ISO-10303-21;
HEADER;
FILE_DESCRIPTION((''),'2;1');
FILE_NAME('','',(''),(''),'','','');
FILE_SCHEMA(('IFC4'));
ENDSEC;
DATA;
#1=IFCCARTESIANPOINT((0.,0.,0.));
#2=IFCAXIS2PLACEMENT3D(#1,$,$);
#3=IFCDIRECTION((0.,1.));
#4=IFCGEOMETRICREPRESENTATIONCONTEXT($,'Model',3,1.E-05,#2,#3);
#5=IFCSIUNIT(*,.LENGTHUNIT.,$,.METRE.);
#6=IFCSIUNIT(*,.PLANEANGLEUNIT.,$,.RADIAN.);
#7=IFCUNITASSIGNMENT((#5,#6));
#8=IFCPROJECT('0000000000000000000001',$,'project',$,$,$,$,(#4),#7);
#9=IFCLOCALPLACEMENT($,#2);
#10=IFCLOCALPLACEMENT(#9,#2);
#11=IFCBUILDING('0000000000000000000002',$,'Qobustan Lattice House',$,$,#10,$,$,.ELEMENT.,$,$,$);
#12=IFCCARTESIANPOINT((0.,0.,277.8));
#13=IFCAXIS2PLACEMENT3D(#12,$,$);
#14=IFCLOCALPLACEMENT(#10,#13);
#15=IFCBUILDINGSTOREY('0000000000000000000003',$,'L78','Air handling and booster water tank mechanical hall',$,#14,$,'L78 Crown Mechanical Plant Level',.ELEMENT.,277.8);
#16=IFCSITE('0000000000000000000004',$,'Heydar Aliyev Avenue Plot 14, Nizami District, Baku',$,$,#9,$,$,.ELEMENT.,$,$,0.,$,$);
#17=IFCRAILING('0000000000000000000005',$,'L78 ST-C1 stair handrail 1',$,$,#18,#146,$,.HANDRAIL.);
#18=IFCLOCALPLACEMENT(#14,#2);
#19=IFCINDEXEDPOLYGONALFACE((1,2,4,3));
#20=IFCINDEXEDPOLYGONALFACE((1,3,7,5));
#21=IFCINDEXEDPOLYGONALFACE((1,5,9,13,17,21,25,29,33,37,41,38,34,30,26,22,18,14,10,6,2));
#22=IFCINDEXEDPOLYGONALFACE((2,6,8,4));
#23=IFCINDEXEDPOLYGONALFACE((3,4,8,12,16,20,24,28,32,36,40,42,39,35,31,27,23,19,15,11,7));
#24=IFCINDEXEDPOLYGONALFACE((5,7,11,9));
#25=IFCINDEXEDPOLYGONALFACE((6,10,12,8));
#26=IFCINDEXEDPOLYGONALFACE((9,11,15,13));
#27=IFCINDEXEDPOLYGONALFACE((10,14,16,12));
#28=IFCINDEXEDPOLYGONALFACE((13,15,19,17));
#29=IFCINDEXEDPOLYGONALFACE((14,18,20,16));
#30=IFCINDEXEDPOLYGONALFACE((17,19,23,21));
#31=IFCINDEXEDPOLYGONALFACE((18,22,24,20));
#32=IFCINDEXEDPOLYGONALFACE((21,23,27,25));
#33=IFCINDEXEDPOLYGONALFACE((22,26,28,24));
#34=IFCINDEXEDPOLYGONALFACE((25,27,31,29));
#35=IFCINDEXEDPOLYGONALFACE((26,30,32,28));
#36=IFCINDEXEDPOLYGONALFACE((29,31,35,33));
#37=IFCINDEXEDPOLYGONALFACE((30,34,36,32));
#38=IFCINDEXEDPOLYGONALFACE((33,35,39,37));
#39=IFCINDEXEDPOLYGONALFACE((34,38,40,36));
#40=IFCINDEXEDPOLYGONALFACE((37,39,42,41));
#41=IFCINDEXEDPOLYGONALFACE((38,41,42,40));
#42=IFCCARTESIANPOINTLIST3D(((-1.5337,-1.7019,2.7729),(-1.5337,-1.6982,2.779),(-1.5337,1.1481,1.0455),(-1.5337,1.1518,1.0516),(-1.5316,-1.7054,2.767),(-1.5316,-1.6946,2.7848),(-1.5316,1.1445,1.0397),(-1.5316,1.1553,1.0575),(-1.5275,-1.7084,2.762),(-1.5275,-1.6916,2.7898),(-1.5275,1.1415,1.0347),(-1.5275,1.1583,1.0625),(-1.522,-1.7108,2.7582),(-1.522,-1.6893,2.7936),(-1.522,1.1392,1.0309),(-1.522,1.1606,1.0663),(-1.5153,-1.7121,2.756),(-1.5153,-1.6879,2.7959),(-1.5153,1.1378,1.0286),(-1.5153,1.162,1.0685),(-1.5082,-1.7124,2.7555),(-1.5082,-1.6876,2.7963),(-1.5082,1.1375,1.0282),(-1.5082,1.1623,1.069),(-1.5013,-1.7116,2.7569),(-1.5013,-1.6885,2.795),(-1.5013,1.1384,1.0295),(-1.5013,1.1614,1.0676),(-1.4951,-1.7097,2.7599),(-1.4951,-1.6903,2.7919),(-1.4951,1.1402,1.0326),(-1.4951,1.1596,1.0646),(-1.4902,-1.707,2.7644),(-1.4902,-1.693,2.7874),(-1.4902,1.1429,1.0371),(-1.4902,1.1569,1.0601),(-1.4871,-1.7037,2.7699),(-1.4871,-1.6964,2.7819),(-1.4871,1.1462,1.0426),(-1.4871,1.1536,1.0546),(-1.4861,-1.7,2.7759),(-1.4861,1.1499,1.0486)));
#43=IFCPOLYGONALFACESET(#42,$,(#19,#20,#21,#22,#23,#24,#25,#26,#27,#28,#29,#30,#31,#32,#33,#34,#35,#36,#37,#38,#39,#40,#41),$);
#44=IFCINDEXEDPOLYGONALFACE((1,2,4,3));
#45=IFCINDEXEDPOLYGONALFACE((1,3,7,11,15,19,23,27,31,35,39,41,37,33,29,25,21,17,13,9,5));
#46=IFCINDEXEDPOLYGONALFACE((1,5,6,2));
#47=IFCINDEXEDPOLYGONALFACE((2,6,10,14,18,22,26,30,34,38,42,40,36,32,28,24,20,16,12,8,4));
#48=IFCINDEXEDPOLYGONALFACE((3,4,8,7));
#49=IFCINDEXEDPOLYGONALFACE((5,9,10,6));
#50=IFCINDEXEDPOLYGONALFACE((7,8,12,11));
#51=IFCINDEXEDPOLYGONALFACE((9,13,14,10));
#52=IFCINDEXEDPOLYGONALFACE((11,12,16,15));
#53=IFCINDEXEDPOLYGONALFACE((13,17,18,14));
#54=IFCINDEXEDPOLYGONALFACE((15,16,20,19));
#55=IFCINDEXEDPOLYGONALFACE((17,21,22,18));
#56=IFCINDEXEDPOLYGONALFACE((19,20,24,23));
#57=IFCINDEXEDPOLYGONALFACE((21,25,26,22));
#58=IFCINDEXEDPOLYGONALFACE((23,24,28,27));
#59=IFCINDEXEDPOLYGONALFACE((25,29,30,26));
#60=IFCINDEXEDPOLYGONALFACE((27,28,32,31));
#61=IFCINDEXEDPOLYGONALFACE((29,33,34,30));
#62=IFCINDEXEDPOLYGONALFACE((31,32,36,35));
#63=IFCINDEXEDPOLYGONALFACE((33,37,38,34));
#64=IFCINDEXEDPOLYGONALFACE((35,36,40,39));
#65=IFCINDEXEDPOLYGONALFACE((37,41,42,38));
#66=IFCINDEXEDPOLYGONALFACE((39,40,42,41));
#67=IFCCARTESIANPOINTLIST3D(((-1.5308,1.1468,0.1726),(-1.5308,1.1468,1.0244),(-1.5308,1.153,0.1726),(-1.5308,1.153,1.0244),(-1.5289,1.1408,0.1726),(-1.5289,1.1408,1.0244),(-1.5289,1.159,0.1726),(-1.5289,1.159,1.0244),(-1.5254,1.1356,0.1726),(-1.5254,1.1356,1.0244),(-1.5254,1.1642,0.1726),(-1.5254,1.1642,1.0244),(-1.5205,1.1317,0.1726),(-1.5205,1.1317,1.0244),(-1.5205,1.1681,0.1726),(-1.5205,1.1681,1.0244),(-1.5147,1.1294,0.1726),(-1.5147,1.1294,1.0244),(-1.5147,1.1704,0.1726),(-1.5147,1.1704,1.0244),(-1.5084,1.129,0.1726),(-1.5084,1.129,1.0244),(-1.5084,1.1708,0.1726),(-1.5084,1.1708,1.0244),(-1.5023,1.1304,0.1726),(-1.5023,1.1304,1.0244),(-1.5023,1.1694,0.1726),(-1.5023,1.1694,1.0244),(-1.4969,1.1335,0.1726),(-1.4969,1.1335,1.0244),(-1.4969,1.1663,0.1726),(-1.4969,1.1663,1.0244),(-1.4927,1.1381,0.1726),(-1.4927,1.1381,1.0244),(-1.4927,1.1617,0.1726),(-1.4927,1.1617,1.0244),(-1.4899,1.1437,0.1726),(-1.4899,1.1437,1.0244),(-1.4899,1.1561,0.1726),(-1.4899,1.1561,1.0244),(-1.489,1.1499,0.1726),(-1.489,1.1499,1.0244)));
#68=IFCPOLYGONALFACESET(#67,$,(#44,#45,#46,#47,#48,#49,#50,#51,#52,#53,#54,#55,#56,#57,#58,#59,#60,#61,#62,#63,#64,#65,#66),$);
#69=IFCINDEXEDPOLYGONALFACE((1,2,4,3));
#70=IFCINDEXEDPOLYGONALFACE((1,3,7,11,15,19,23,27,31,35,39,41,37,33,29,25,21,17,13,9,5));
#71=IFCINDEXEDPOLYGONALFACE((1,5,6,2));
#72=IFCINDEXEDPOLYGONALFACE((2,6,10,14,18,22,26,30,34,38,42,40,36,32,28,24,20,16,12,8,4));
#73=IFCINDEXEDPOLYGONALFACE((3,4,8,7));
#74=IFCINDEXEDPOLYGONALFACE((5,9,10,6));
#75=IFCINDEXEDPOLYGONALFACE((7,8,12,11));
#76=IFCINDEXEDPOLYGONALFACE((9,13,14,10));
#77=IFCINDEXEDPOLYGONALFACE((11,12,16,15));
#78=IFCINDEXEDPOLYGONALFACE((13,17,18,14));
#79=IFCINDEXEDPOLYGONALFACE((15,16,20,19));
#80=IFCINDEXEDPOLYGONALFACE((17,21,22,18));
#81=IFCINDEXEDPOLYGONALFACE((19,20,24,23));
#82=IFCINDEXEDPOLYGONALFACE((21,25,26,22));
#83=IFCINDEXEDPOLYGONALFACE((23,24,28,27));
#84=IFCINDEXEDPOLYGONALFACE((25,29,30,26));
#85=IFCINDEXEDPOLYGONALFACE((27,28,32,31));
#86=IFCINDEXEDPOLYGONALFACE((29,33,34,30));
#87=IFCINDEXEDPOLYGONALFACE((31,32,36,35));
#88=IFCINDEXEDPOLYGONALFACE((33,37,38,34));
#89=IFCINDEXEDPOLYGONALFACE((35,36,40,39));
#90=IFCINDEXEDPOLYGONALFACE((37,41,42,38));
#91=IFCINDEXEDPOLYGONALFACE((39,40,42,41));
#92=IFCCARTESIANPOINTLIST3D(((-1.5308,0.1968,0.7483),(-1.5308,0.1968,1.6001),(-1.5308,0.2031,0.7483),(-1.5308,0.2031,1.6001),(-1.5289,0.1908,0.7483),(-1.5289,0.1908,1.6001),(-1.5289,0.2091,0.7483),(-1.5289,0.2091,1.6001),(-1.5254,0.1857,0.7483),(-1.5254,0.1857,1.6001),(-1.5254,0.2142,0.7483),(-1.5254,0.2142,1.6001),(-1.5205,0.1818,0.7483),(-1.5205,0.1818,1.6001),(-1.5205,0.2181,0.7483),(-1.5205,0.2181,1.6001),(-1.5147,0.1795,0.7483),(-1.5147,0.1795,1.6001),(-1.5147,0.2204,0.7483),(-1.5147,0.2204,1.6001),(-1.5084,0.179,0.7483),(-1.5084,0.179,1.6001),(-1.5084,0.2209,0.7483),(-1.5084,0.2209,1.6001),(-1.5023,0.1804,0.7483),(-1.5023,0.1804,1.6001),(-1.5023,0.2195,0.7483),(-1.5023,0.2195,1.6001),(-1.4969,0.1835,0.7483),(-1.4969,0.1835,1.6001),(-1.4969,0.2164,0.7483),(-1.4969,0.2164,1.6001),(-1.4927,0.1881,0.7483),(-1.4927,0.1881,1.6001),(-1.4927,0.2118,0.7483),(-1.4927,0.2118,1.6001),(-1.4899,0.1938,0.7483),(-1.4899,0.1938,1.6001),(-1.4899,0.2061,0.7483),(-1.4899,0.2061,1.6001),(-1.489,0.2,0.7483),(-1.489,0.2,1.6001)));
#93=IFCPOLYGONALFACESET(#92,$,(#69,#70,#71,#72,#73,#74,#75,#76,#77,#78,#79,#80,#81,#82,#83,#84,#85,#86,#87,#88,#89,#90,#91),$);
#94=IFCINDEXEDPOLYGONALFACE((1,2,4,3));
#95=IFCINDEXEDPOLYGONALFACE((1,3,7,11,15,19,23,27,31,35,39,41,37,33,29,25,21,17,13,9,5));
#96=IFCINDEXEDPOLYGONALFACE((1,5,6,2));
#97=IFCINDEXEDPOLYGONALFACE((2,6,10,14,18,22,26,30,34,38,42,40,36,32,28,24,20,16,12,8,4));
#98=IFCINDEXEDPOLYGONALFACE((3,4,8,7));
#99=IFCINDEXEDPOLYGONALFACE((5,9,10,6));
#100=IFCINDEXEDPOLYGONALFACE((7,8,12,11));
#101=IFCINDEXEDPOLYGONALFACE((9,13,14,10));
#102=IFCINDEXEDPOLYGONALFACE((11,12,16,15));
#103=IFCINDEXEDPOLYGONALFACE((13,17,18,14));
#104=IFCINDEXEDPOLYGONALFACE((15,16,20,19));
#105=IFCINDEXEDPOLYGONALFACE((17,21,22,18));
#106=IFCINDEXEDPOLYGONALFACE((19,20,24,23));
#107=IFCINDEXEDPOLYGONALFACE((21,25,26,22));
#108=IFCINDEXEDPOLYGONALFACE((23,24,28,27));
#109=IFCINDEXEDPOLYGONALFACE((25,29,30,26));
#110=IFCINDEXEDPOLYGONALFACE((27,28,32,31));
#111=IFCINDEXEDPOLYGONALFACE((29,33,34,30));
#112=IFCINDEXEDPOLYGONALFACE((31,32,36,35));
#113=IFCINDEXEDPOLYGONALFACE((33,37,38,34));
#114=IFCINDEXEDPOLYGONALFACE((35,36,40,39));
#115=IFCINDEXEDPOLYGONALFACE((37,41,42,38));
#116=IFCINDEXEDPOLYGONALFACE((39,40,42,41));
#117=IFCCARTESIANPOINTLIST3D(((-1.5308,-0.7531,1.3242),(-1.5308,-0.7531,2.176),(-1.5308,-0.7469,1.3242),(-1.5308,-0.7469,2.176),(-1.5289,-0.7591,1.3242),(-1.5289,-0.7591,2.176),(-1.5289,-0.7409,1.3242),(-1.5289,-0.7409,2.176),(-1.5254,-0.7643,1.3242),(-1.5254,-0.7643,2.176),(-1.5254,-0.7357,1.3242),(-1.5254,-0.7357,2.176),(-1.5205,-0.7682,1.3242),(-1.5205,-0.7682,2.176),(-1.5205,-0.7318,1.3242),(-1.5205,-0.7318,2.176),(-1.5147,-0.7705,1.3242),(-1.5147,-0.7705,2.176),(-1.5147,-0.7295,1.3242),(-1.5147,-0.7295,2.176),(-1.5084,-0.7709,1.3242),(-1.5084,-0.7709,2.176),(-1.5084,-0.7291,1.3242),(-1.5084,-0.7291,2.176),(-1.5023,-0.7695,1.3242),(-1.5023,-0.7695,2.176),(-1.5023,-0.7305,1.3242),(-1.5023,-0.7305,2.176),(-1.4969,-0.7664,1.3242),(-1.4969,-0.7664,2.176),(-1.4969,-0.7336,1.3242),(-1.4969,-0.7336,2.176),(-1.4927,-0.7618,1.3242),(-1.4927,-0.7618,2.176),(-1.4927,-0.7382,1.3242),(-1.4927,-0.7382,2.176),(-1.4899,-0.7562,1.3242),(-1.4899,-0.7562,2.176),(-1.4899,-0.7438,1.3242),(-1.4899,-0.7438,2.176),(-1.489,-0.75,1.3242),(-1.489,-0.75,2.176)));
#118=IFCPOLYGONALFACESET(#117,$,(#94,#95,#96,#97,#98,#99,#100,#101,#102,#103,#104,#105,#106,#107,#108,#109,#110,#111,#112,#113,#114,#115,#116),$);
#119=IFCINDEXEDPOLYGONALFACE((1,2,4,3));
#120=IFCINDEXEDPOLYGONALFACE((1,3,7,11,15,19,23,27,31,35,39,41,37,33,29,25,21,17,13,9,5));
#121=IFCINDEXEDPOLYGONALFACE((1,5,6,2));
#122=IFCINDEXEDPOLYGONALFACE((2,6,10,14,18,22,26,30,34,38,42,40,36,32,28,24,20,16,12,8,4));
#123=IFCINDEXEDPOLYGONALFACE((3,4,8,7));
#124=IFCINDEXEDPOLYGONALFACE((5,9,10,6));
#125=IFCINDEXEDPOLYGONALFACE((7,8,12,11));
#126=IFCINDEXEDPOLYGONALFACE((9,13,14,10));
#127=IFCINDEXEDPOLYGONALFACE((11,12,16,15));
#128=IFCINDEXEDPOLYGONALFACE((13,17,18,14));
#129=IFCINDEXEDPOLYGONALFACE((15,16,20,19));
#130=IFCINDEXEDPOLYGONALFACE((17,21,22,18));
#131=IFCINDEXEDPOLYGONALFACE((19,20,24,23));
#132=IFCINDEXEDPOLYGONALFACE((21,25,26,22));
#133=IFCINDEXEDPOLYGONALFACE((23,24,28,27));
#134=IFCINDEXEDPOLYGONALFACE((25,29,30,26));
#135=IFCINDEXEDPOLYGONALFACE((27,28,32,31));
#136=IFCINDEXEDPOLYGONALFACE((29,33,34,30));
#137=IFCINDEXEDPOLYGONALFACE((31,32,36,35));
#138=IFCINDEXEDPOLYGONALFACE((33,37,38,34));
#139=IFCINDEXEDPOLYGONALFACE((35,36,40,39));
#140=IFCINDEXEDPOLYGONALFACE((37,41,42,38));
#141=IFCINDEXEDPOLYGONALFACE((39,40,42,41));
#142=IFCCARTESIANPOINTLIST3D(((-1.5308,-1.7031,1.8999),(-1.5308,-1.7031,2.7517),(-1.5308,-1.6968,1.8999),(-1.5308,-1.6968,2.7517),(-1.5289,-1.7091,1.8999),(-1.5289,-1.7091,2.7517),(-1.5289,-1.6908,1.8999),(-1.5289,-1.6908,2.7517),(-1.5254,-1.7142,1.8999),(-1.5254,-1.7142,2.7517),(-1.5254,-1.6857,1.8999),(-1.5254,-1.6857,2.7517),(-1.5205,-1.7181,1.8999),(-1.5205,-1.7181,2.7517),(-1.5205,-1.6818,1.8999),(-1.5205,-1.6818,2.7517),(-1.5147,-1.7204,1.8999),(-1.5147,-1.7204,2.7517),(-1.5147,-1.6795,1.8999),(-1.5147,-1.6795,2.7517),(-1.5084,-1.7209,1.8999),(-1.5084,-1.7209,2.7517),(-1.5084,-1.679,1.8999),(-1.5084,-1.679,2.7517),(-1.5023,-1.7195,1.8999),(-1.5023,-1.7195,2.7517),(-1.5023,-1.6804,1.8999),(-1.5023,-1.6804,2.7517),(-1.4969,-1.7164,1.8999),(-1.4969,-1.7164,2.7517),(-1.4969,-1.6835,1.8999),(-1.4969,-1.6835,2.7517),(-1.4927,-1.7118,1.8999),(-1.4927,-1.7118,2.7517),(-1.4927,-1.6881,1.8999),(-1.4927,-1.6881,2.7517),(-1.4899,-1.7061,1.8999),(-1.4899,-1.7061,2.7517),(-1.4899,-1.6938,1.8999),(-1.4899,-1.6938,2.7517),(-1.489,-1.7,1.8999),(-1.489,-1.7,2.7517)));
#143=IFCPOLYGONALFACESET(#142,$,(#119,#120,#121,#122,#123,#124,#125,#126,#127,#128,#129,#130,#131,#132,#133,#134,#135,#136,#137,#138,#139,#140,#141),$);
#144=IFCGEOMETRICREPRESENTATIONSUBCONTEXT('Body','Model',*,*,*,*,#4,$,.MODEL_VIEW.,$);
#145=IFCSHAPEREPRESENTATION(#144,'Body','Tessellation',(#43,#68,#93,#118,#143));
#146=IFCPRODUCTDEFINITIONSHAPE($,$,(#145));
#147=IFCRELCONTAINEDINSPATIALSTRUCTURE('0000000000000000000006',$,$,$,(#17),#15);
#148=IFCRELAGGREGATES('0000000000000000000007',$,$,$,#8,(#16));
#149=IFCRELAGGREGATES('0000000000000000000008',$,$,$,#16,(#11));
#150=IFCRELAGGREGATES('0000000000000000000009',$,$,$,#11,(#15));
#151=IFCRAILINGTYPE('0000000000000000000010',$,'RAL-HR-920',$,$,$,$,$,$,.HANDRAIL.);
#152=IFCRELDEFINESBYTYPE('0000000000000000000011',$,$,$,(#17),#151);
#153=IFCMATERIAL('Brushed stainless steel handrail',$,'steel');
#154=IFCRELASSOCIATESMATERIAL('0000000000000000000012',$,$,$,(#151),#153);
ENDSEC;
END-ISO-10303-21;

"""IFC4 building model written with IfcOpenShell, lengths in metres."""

from ifc_helpers import new_model, si_unit, direction, frame, origin, origin_2d, place, context, subcontext, project, spatial, circle, extrude, material, type_object, element, save


model = new_model("IFC4")

# Units and contexts
model_context = context("Model", 3, precision=1e-05, world=origin(), true_north=direction((0.0, 1.0)))
body_context = subcontext(model_context, "Body", "Model", "MODEL_VIEW")
ifc_project = project(units=[si_unit("LENGTHUNIT", "METRE"), si_unit("PLANEANGLEUNIT", "RADIAN")], contexts=[model_context])

# Site, building, storey
site_placement = place(None, origin())
site = spatial("IfcSite", under=ifc_project, at=site_placement, Name="Heydar Aliyev Avenue Plot 14, Nizami District, Baku", CompositionType="ELEMENT", RefElevation=0.0)
building_placement = place(site_placement, origin())
building = spatial("IfcBuilding", under=site, at=building_placement, Name="Qobustan Lattice House", CompositionType="ELEMENT")
storey_placement = place(building_placement, frame((0.0, 0.0, 277.8)))
storey = spatial("IfcBuildingStorey", under=building, at=storey_placement, Name="L78", Description="Air handling and booster water tank mechanical hall", LongName="L78 Crown Mechanical Plant Level", CompositionType="ELEMENT", Elevation=277.8)

# Railing
ifc_material_1 = material(Name="Brushed stainless steel handrail", Category="steel")
railing_type_1 = type_object("IfcRailingType", Name="RAL-HR-920", PredefinedType="HANDRAIL", material=ifc_material_1)
railing_1_placement = place(storey_placement, frame((-1.51, 1.1499, 0.1726)))
element("IfcRailing", 1, at=railing_1_placement, inside=storey, type_object=railing_type_1, Name="L78 ST-C1 stair handrail 1", PredefinedType="HANDRAIL", context=body_context, shape_type="SweptSolid", body=[
    extrude(circle(Radius=0.0239, at=origin_2d()), frame((0.0, 0.0, 0.876), z_axis=(0.0, -0.855183, 0.518326), x_axis=(1.0, 0.0, 0.0)), (0.0, 0.0, 1.0), 3.3325),
    extrude(circle(Radius=0.021, at=origin_2d()), origin(), (0.0, 0.0, 1.0), 0.8518),
    extrude(circle(Radius=0.021, at=origin_2d()), frame((0.0, -0.95, 0.5757)), (0.0, 0.0, 1.0), 0.8518),
    extrude(circle(Radius=0.021, at=origin_2d()), frame((0.0, -1.8999, 1.1516)), (0.0, 0.0, 1.0), 0.8518),
    extrude(circle(Radius=0.021, at=origin_2d()), frame((0.0, -2.8499, 1.7273)), (0.0, 0.0, 1.0), 0.8518),
])

save(model, "model.ifc")
